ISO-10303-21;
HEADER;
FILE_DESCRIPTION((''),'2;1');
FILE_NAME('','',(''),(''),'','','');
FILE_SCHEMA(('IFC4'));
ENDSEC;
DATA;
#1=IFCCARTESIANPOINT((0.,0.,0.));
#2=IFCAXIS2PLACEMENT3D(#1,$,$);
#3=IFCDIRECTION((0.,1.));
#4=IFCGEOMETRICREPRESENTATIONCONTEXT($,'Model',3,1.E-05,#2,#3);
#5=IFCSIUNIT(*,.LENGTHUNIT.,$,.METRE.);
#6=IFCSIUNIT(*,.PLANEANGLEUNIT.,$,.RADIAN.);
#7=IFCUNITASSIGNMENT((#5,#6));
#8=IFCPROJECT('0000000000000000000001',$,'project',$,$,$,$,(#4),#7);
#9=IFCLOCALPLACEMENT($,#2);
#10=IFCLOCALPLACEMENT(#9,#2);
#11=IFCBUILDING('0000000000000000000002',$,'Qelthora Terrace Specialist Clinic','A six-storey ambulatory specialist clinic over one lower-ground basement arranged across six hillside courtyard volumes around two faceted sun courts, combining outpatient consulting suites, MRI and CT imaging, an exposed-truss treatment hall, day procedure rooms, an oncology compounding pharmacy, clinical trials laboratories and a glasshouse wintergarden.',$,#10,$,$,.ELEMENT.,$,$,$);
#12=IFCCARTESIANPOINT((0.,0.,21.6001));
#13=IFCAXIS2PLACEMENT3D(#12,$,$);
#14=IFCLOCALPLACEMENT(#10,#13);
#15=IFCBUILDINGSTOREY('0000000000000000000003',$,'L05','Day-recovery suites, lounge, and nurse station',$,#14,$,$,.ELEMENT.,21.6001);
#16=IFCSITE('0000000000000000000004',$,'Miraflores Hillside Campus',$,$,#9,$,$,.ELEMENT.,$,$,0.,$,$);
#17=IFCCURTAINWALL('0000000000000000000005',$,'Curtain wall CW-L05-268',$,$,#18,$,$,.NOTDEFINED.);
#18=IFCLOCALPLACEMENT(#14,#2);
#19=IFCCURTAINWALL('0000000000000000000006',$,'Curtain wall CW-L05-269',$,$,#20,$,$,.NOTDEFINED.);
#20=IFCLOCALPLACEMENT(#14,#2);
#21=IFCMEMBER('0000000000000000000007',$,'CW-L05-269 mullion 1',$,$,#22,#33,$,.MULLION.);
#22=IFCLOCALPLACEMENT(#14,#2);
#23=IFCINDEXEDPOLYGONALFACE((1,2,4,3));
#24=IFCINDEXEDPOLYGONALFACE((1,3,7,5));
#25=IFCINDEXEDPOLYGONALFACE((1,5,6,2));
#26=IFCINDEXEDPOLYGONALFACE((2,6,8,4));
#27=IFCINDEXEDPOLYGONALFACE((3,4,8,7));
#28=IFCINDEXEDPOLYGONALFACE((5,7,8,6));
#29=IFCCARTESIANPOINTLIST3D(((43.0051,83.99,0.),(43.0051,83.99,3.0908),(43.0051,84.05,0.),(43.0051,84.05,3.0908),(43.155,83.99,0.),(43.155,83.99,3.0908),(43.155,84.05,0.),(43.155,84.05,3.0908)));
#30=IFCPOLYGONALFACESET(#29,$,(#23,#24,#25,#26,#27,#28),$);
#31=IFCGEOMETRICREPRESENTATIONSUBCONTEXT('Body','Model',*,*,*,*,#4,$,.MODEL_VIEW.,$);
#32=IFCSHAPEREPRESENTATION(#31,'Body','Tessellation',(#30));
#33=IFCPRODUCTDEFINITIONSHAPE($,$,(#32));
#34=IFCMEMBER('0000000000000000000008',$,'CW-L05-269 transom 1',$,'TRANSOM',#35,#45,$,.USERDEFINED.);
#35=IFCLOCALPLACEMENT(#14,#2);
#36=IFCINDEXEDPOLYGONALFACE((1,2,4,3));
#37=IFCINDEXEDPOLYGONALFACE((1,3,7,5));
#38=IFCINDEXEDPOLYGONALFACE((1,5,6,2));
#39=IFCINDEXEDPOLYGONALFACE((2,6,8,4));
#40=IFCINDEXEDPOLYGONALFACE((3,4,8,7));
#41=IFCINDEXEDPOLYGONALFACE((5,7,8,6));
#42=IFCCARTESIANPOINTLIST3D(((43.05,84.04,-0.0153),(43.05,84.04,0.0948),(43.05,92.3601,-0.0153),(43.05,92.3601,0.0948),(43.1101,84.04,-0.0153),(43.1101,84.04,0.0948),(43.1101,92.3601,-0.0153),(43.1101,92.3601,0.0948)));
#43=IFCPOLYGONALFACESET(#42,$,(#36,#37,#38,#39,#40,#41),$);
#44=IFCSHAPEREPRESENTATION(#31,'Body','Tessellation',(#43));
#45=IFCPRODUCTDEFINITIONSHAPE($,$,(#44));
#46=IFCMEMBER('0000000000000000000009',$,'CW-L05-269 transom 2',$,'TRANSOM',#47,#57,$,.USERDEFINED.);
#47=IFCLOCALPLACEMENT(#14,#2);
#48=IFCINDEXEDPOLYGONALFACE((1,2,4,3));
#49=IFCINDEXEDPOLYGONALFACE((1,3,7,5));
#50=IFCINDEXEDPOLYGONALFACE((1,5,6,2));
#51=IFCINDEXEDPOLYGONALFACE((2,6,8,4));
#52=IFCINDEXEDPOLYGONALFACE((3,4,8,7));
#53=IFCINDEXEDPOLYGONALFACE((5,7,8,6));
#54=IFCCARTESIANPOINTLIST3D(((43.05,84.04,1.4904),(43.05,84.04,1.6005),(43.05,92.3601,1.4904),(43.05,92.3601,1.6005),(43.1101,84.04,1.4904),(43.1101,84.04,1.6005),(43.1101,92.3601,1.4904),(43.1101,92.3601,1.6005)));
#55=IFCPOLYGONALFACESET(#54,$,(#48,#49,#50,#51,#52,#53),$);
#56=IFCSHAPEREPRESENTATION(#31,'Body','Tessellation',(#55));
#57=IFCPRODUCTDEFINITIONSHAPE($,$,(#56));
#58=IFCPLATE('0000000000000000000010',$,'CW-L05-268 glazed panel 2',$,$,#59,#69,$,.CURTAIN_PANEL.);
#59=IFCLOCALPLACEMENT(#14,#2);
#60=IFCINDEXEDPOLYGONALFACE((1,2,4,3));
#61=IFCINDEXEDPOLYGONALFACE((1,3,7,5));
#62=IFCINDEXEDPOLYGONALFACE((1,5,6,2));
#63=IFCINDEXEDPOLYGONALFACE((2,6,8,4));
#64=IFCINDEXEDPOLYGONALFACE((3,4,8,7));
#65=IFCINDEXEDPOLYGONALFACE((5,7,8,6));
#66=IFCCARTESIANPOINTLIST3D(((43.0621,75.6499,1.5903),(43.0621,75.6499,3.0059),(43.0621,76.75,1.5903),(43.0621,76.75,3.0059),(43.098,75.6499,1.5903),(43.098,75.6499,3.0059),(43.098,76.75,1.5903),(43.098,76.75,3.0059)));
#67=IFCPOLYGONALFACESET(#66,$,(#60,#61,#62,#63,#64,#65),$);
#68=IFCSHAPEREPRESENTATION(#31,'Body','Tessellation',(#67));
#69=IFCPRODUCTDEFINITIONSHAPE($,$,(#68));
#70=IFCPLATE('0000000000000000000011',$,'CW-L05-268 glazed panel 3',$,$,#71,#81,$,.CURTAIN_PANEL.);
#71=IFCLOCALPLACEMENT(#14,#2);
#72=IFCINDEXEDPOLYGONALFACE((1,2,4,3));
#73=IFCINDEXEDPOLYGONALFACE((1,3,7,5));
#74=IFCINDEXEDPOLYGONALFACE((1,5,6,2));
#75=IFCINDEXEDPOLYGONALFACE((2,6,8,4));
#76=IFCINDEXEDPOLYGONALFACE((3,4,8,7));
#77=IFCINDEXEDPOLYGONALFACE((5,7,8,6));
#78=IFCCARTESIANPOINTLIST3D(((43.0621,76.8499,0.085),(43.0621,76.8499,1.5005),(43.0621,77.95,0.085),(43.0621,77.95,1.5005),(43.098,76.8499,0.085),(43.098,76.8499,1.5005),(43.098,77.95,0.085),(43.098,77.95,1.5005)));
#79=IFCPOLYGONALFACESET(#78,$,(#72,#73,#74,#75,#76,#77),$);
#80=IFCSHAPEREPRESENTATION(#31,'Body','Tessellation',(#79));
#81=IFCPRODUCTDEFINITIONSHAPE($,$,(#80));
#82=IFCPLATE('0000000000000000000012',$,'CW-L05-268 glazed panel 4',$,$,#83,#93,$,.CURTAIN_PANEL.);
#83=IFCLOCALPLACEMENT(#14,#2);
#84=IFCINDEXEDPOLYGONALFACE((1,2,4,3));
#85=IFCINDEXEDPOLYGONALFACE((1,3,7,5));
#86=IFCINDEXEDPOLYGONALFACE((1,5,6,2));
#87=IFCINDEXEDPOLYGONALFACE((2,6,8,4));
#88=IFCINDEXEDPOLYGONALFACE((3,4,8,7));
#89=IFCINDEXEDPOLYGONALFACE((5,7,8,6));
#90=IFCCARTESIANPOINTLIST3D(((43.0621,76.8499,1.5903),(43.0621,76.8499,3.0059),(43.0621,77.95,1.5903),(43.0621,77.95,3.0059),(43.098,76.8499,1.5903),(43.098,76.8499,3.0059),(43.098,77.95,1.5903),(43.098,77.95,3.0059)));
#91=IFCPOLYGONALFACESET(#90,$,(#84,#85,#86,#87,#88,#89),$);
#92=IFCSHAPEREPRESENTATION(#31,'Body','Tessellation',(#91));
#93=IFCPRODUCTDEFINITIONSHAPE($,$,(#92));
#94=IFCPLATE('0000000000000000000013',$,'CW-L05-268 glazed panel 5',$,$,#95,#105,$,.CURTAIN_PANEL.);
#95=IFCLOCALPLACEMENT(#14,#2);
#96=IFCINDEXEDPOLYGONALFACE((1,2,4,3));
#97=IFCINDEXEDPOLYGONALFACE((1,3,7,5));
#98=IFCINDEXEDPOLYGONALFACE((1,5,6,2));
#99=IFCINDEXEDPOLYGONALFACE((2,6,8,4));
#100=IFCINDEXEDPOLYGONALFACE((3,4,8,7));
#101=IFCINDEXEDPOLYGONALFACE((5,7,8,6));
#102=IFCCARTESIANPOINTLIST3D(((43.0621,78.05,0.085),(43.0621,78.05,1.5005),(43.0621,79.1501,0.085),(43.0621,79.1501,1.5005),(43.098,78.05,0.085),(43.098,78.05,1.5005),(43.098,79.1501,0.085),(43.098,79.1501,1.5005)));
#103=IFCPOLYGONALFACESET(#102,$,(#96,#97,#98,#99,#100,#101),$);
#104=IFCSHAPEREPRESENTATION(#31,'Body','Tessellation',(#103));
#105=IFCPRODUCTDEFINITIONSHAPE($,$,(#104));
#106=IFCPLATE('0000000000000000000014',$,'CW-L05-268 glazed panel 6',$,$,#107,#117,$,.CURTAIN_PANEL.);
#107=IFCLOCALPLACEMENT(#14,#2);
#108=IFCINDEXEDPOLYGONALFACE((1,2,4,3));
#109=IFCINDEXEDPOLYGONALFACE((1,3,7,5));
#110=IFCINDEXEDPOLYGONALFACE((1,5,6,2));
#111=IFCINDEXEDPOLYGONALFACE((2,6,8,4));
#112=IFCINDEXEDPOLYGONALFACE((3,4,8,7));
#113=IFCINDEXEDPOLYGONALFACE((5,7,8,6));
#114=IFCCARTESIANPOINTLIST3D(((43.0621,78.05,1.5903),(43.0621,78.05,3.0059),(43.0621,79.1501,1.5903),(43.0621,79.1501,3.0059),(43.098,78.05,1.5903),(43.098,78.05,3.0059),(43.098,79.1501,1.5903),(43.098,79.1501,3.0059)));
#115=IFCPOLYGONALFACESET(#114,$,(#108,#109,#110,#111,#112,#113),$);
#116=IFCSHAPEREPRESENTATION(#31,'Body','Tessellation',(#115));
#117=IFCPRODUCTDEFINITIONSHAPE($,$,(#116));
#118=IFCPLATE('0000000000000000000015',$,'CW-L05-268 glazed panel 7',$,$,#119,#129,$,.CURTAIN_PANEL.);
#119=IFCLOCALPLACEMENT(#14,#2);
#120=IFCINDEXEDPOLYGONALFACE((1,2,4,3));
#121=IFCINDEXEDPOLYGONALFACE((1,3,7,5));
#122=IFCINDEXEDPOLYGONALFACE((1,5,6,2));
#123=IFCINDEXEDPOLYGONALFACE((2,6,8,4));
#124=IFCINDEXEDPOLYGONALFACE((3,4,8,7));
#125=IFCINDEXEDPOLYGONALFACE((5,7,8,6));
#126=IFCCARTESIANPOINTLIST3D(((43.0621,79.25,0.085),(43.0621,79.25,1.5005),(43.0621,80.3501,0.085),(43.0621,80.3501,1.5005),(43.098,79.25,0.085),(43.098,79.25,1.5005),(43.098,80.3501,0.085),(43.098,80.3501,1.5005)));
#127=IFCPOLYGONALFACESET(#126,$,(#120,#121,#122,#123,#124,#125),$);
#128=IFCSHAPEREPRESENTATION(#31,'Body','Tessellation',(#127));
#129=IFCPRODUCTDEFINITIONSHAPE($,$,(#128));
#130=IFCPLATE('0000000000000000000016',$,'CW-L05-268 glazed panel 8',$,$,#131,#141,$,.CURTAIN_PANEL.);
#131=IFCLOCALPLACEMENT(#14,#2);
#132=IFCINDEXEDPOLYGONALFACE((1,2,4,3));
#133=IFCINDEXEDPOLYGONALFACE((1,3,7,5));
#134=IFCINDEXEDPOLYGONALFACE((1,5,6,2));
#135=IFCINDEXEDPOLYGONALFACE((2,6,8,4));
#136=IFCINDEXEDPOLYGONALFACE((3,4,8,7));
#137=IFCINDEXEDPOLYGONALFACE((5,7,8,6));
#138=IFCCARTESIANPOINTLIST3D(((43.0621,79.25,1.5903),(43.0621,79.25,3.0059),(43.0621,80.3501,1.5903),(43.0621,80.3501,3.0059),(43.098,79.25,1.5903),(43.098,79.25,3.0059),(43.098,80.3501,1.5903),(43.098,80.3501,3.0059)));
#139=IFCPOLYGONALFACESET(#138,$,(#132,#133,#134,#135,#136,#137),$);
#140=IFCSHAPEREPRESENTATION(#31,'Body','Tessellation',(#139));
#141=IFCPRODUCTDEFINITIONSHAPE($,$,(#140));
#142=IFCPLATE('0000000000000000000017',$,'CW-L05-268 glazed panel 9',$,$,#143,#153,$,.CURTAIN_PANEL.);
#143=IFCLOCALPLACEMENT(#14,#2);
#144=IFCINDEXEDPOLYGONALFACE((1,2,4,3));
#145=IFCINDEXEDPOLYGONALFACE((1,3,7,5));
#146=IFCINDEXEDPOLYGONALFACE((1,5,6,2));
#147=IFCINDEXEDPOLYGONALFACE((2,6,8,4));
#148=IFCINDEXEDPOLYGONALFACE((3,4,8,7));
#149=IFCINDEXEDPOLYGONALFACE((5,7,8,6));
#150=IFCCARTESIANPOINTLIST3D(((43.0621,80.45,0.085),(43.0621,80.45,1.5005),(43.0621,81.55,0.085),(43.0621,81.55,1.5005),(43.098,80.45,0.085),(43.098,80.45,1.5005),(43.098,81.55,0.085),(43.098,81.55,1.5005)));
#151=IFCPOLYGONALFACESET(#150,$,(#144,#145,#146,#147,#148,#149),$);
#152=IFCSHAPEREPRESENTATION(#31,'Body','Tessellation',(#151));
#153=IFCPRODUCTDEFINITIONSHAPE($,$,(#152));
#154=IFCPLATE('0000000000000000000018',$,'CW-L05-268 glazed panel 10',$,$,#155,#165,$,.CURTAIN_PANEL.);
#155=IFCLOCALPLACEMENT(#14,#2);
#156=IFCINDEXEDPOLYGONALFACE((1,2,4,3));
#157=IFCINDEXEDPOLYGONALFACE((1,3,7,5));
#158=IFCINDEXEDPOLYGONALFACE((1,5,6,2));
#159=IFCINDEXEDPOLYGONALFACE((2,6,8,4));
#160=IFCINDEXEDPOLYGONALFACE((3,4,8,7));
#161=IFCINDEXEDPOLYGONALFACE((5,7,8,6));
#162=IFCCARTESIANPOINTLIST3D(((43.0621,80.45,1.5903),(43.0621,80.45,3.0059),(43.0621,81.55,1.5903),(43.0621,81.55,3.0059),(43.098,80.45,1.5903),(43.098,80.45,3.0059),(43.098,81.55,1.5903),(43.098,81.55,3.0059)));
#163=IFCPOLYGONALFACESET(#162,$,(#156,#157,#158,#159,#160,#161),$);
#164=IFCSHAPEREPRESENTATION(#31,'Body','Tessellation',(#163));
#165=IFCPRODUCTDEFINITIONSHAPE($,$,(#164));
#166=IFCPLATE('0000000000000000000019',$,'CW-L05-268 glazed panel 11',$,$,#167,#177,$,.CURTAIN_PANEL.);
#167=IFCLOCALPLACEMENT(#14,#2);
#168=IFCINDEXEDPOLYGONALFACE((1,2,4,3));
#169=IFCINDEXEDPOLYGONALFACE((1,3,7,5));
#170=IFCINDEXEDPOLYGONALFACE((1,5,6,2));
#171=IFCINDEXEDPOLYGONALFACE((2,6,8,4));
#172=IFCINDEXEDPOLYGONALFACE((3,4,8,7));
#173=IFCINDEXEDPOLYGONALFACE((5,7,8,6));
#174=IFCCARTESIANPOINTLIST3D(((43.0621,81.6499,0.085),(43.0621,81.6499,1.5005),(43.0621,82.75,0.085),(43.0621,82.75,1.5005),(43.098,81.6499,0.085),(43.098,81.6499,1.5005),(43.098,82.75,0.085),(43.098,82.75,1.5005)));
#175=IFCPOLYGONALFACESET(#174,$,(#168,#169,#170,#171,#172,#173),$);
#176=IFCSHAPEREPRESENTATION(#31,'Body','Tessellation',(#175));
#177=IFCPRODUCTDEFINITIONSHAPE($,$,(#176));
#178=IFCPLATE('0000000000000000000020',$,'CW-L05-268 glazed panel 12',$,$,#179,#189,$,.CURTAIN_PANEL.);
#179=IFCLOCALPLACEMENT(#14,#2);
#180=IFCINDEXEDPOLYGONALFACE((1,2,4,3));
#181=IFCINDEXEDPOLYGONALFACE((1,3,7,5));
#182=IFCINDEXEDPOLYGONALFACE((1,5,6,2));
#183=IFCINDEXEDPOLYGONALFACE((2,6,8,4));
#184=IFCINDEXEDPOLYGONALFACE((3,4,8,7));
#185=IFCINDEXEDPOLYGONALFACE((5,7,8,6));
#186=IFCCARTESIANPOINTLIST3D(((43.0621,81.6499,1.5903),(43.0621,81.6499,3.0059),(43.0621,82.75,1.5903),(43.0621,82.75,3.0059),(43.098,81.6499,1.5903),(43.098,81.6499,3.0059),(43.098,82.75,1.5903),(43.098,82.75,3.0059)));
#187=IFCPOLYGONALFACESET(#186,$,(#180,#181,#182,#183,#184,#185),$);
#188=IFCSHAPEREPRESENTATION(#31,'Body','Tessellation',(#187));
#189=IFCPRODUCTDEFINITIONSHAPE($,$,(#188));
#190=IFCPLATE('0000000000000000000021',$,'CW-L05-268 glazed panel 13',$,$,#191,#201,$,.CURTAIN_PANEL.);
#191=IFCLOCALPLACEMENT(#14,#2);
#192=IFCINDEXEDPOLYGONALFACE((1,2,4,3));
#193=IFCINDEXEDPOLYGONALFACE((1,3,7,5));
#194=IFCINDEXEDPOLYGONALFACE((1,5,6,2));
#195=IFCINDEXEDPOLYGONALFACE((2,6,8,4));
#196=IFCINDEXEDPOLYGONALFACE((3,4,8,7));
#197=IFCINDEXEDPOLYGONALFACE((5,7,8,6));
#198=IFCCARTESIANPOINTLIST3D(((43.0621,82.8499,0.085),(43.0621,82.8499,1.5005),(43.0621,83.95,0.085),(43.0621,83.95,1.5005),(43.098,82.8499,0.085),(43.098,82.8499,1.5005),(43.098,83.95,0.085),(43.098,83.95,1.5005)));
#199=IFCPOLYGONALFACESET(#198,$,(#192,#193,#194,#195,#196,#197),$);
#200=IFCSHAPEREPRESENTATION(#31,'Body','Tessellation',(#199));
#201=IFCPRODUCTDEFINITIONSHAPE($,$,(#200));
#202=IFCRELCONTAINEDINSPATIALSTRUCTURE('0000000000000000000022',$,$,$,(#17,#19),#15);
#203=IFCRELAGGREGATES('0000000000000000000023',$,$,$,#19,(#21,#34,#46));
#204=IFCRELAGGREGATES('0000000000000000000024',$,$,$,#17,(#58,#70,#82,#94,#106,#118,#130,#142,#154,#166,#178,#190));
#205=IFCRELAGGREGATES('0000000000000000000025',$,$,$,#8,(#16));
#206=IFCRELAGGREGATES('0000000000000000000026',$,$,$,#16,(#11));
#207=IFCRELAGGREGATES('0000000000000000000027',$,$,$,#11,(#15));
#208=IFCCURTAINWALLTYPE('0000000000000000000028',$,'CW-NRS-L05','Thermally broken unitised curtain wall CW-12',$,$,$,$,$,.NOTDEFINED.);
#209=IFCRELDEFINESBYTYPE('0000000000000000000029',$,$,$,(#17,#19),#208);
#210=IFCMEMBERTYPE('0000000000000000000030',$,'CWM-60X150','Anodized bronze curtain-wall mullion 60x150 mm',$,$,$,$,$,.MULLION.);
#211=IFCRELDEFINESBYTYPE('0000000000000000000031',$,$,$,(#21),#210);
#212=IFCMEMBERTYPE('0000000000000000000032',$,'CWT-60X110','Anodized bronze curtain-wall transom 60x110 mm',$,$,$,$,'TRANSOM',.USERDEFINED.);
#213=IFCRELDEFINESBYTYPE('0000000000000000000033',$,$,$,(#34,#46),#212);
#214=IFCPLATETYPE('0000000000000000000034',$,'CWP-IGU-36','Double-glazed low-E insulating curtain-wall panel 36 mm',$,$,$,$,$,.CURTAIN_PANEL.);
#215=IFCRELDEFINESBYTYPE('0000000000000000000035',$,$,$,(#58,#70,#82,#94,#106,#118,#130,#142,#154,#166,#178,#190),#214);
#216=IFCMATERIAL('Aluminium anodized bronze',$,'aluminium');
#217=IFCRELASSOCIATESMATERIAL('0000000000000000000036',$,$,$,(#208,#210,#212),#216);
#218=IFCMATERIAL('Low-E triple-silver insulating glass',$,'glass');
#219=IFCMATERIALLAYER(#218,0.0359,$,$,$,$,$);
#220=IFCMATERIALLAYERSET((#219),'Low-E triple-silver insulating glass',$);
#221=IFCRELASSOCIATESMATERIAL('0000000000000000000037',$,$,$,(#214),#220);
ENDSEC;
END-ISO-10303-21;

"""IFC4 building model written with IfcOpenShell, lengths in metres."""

from ifc_helpers import new_model, si_unit, direction, frame, origin, origin_2d, place, context, subcontext, project, spatial, rectangle, extrude, material, layer, layer_set, material_profile, profile_set, type_object, element, aggregate, save


model = new_model("IFC4")

# Units and contexts
model_context = context("Model", 3, precision=1e-05, world=origin(), true_north=direction((0.0, 1.0)))
body_context = subcontext(model_context, "Body", "Model", "MODEL_VIEW")
ifc_project = project(units=[si_unit("LENGTHUNIT", "METRE"), si_unit("PLANEANGLEUNIT", "RADIAN")], contexts=[model_context])

# Site, building, storey
site_placement = place(None, origin())
site = spatial("IfcSite", under=ifc_project, at=site_placement, Name="Miraflores Hillside Campus", CompositionType="ELEMENT", RefElevation=0.0)
building_placement = place(site_placement, origin())
building = spatial("IfcBuilding", under=site, at=building_placement, Name="Qelthora Terrace Specialist Clinic", Description="A six-storey ambulatory specialist clinic over one lower-ground basement arranged across six hillside courtyard volumes around two faceted sun courts, combining outpatient consulting suites, MRI and CT imaging, an exposed-truss treatment hall, day procedure rooms, an oncology compounding pharmacy, clinical trials laboratories and a glasshouse wintergarden.", CompositionType="ELEMENT")
storey_placement = place(building_placement, frame((0.0, 0.0, 21.6001)))
storey = spatial("IfcBuildingStorey", under=building, at=storey_placement, Name="L05", Description="Day-recovery suites, lounge, and nurse station", CompositionType="ELEMENT", Elevation=21.6001)

# Curtain walls, members
ifc_material_1 = material(Name="Aluminium anodized bronze", Category="aluminium")
curtain_wall_type = type_object("IfcCurtainWallType", Name="CW-NRS-L05", Description="Thermally broken unitised curtain wall CW-12", PredefinedType="NOTDEFINED", material=ifc_material_1)
curtain_wall_1_placement = place(storey_placement, origin())
curtain_wall_1 = element("IfcCurtainWall", 1, at=curtain_wall_1_placement, inside=storey, type_object=curtain_wall_type, Name="Curtain wall CW-L05-268", PredefinedType="NOTDEFINED")
ifc_material_profile_1 = material_profile(ifc_material_1, rectangle(XDim=0.0601, YDim=0.1499, at=origin_2d()), Name="CWM60X150")
ifc_profile_set_1 = profile_set([ifc_material_profile_1], Name="Aluminium anodized bronze")
member_type_1 = type_object("IfcMemberType", Name="CWM-60X150", Description="Anodized bronze curtain-wall mullion 60x150 mm", PredefinedType="MULLION", material=ifc_profile_set_1)
curtain_wall_2_placement = place(storey_placement, origin())
curtain_wall_2 = element("IfcCurtainWall", 2, at=curtain_wall_2_placement, inside=storey, type_object=curtain_wall_type, Name="Curtain wall CW-L05-269", PredefinedType="NOTDEFINED")
member_1_placement = place(storey_placement, frame((43.0801, 84.02, 0.0), z_axis=(0.0, 0.0, 1.0), x_axis=(0.0, 1.0, 0.0)))
member_1 = element("IfcMember", 3, at=member_1_placement, type_object=member_type_1, Name="CW-L05-269 mullion 1", PredefinedType="MULLION", context=body_context, shape_type="SweptSolid", body=[
    extrude(rectangle(XDim=0.0601, YDim=0.1499, at=origin_2d()), origin(), (0.0, 0.0, 1.0), 3.0908),
])
ifc_material_profile_2 = material_profile(ifc_material_1, rectangle(XDim=0.0601, YDim=0.1101, at=origin_2d()), Name="CWT60X110")
ifc_profile_set_2 = profile_set([ifc_material_profile_2], Name="Aluminium anodized bronze")
member_type_2 = type_object("IfcMemberType", Name="CWT-60X110", Description="Anodized bronze curtain-wall transom 60x110 mm", ElementType="TRANSOM", PredefinedType="USERDEFINED", material=ifc_profile_set_2)
member_2_placement = place(storey_placement, frame((43.0801, 84.04, 0.0398), z_axis=(0.0, 1.0, 0.0), x_axis=(-1.0, 0.0, 0.0)))
member_2 = element("IfcMember", 4, at=member_2_placement, type_object=member_type_2, Name="CW-L05-269 transom 1", ObjectType="TRANSOM", PredefinedType="USERDEFINED", context=body_context, shape_type="SweptSolid", body=[
    extrude(rectangle(XDim=0.0601, YDim=0.1101, at=origin_2d()), origin(), (0.0, 0.0, 1.0), 8.3201),
])
member_3_placement = place(storey_placement, frame((43.0801, 84.04, 1.5454), z_axis=(0.0, 1.0, 0.0), x_axis=(-1.0, 0.0, 0.0)))
member_3 = element("IfcMember", 5, at=member_3_placement, type_object=member_type_2, Name="CW-L05-269 transom 2", ObjectType="TRANSOM", PredefinedType="USERDEFINED", context=body_context, shape_type="SweptSolid", body=[
    extrude(rectangle(XDim=0.0601, YDim=0.1101, at=origin_2d()), origin(), (0.0, 0.0, 1.0), 8.3201),
])
aggregate(curtain_wall_2, [member_1, member_2, member_3])

# Plates
ifc_material_2 = material(Name="Low-E triple-silver insulating glass", Category="glass")
ifc_layer_1 = layer(ifc_material_2, 0.0359)
ifc_layer_set_1 = layer_set([ifc_layer_1], Name="Low-E triple-silver insulating glass")
plate_type = type_object("IfcPlateType", Name="CWP-IGU-36", Description="Double-glazed low-E insulating curtain-wall panel 36 mm", PredefinedType="CURTAIN_PANEL", material=ifc_layer_set_1)
plate_1_placement = place(storey_placement, frame((43.0801, 76.2, 1.5903), z_axis=(0.0, 0.0, 1.0), x_axis=(0.0, 1.0, 0.0)))
plate_1 = element("IfcPlate", 6, at=plate_1_placement, type_object=plate_type, Name="CW-L05-268 glazed panel 2", PredefinedType="CURTAIN_PANEL", context=body_context, shape_type="SweptSolid", body=[
    extrude(rectangle(XDim=1.1001, YDim=0.0359, at=origin_2d()), origin(), (0.0, 0.0, 1.0), 1.4155),
])
plate_2_placement = place(storey_placement, frame((43.0801, 77.3999, 0.085), z_axis=(0.0, 0.0, 1.0), x_axis=(0.0, 1.0, 0.0)))
plate_2 = element("IfcPlate", 7, at=plate_2_placement, type_object=plate_type, Name="CW-L05-268 glazed panel 3", PredefinedType="CURTAIN_PANEL", context=body_context, shape_type="SweptSolid", body=[
    extrude(rectangle(XDim=1.1001, YDim=0.0359, at=origin_2d()), origin(), (0.0, 0.0, 1.0), 1.4155),
])
plate_3_placement = place(storey_placement, frame((43.0801, 77.3999, 1.5903), z_axis=(0.0, 0.0, 1.0), x_axis=(0.0, 1.0, 0.0)))
plate_3 = element("IfcPlate", 8, at=plate_3_placement, type_object=plate_type, Name="CW-L05-268 glazed panel 4", PredefinedType="CURTAIN_PANEL", context=body_context, shape_type="SweptSolid", body=[
    extrude(rectangle(XDim=1.1001, YDim=0.0359, at=origin_2d()), origin(), (0.0, 0.0, 1.0), 1.4155),
])
plate_4_placement = place(storey_placement, frame((43.0801, 78.6001, 0.085), z_axis=(0.0, 0.0, 1.0), x_axis=(0.0, 1.0, 0.0)))
plate_4 = element("IfcPlate", 9, at=plate_4_placement, type_object=plate_type, Name="CW-L05-268 glazed panel 5", PredefinedType="CURTAIN_PANEL", context=body_context, shape_type="SweptSolid", body=[
    extrude(rectangle(XDim=1.1001, YDim=0.0359, at=origin_2d()), origin(), (0.0, 0.0, 1.0), 1.4155),
])
plate_5_placement = place(storey_placement, frame((43.0801, 78.6001, 1.5903), z_axis=(0.0, 0.0, 1.0), x_axis=(0.0, 1.0, 0.0)))
plate_5 = element("IfcPlate", 10, at=plate_5_placement, type_object=plate_type, Name="CW-L05-268 glazed panel 6", PredefinedType="CURTAIN_PANEL", context=body_context, shape_type="SweptSolid", body=[
    extrude(rectangle(XDim=1.1001, YDim=0.0359, at=origin_2d()), origin(), (0.0, 0.0, 1.0), 1.4155),
])
plate_6_placement = place(storey_placement, frame((43.0801, 79.8, 0.085), z_axis=(0.0, 0.0, 1.0), x_axis=(0.0, 1.0, 0.0)))
plate_6 = element("IfcPlate", 11, at=plate_6_placement, type_object=plate_type, Name="CW-L05-268 glazed panel 7", PredefinedType="CURTAIN_PANEL", context=body_context, shape_type="SweptSolid", body=[
    extrude(rectangle(XDim=1.1001, YDim=0.0359, at=origin_2d()), origin(), (0.0, 0.0, 1.0), 1.4155),
])
plate_7_placement = place(storey_placement, frame((43.0801, 79.8, 1.5903), z_axis=(0.0, 0.0, 1.0), x_axis=(0.0, 1.0, 0.0)))
plate_7 = element("IfcPlate", 12, at=plate_7_placement, type_object=plate_type, Name="CW-L05-268 glazed panel 8", PredefinedType="CURTAIN_PANEL", context=body_context, shape_type="SweptSolid", body=[
    extrude(rectangle(XDim=1.1001, YDim=0.0359, at=origin_2d()), origin(), (0.0, 0.0, 1.0), 1.4155),
])
plate_8_placement = place(storey_placement, frame((43.0801, 81.0, 0.085), z_axis=(0.0, 0.0, 1.0), x_axis=(0.0, 1.0, 0.0)))
plate_8 = element("IfcPlate", 13, at=plate_8_placement, type_object=plate_type, Name="CW-L05-268 glazed panel 9", PredefinedType="CURTAIN_PANEL", context=body_context, shape_type="SweptSolid", body=[
    extrude(rectangle(XDim=1.1001, YDim=0.0359, at=origin_2d()), origin(), (0.0, 0.0, 1.0), 1.4155),
])
plate_9_placement = place(storey_placement, frame((43.0801, 81.0, 1.5903), z_axis=(0.0, 0.0, 1.0), x_axis=(0.0, 1.0, 0.0)))
plate_9 = element("IfcPlate", 14, at=plate_9_placement, type_object=plate_type, Name="CW-L05-268 glazed panel 10", PredefinedType="CURTAIN_PANEL", context=body_context, shape_type="SweptSolid", body=[
    extrude(rectangle(XDim=1.1001, YDim=0.0359, at=origin_2d()), origin(), (0.0, 0.0, 1.0), 1.4155),
])
plate_10_placement = place(storey_placement, frame((43.0801, 82.2, 0.085), z_axis=(0.0, 0.0, 1.0), x_axis=(0.0, 1.0, 0.0)))
plate_10 = element("IfcPlate", 15, at=plate_10_placement, type_object=plate_type, Name="CW-L05-268 glazed panel 11", PredefinedType="CURTAIN_PANEL", context=body_context, shape_type="SweptSolid", body=[
    extrude(rectangle(XDim=1.1001, YDim=0.0359, at=origin_2d()), origin(), (0.0, 0.0, 1.0), 1.4155),
])
plate_11_placement = place(storey_placement, frame((43.0801, 82.2, 1.5903), z_axis=(0.0, 0.0, 1.0), x_axis=(0.0, 1.0, 0.0)))
plate_11 = element("IfcPlate", 16, at=plate_11_placement, type_object=plate_type, Name="CW-L05-268 glazed panel 12", PredefinedType="CURTAIN_PANEL", context=body_context, shape_type="SweptSolid", body=[
    extrude(rectangle(XDim=1.1001, YDim=0.0359, at=origin_2d()), origin(), (0.0, 0.0, 1.0), 1.4155),
])
plate_12_placement = place(storey_placement, frame((43.0801, 83.3999, 0.085), z_axis=(0.0, 0.0, 1.0), x_axis=(0.0, 1.0, 0.0)))
plate_12 = element("IfcPlate", 17, at=plate_12_placement, type_object=plate_type, Name="CW-L05-268 glazed panel 13", PredefinedType="CURTAIN_PANEL", context=body_context, shape_type="SweptSolid", body=[
    extrude(rectangle(XDim=1.1001, YDim=0.0359, at=origin_2d()), origin(), (0.0, 0.0, 1.0), 1.4155),
])
aggregate(curtain_wall_1, [plate_1, plate_2, plate_3, plate_4, plate_5, plate_6, plate_7, plate_8, plate_9, plate_10, plate_11, plate_12])

save(model, "model.ifc")
